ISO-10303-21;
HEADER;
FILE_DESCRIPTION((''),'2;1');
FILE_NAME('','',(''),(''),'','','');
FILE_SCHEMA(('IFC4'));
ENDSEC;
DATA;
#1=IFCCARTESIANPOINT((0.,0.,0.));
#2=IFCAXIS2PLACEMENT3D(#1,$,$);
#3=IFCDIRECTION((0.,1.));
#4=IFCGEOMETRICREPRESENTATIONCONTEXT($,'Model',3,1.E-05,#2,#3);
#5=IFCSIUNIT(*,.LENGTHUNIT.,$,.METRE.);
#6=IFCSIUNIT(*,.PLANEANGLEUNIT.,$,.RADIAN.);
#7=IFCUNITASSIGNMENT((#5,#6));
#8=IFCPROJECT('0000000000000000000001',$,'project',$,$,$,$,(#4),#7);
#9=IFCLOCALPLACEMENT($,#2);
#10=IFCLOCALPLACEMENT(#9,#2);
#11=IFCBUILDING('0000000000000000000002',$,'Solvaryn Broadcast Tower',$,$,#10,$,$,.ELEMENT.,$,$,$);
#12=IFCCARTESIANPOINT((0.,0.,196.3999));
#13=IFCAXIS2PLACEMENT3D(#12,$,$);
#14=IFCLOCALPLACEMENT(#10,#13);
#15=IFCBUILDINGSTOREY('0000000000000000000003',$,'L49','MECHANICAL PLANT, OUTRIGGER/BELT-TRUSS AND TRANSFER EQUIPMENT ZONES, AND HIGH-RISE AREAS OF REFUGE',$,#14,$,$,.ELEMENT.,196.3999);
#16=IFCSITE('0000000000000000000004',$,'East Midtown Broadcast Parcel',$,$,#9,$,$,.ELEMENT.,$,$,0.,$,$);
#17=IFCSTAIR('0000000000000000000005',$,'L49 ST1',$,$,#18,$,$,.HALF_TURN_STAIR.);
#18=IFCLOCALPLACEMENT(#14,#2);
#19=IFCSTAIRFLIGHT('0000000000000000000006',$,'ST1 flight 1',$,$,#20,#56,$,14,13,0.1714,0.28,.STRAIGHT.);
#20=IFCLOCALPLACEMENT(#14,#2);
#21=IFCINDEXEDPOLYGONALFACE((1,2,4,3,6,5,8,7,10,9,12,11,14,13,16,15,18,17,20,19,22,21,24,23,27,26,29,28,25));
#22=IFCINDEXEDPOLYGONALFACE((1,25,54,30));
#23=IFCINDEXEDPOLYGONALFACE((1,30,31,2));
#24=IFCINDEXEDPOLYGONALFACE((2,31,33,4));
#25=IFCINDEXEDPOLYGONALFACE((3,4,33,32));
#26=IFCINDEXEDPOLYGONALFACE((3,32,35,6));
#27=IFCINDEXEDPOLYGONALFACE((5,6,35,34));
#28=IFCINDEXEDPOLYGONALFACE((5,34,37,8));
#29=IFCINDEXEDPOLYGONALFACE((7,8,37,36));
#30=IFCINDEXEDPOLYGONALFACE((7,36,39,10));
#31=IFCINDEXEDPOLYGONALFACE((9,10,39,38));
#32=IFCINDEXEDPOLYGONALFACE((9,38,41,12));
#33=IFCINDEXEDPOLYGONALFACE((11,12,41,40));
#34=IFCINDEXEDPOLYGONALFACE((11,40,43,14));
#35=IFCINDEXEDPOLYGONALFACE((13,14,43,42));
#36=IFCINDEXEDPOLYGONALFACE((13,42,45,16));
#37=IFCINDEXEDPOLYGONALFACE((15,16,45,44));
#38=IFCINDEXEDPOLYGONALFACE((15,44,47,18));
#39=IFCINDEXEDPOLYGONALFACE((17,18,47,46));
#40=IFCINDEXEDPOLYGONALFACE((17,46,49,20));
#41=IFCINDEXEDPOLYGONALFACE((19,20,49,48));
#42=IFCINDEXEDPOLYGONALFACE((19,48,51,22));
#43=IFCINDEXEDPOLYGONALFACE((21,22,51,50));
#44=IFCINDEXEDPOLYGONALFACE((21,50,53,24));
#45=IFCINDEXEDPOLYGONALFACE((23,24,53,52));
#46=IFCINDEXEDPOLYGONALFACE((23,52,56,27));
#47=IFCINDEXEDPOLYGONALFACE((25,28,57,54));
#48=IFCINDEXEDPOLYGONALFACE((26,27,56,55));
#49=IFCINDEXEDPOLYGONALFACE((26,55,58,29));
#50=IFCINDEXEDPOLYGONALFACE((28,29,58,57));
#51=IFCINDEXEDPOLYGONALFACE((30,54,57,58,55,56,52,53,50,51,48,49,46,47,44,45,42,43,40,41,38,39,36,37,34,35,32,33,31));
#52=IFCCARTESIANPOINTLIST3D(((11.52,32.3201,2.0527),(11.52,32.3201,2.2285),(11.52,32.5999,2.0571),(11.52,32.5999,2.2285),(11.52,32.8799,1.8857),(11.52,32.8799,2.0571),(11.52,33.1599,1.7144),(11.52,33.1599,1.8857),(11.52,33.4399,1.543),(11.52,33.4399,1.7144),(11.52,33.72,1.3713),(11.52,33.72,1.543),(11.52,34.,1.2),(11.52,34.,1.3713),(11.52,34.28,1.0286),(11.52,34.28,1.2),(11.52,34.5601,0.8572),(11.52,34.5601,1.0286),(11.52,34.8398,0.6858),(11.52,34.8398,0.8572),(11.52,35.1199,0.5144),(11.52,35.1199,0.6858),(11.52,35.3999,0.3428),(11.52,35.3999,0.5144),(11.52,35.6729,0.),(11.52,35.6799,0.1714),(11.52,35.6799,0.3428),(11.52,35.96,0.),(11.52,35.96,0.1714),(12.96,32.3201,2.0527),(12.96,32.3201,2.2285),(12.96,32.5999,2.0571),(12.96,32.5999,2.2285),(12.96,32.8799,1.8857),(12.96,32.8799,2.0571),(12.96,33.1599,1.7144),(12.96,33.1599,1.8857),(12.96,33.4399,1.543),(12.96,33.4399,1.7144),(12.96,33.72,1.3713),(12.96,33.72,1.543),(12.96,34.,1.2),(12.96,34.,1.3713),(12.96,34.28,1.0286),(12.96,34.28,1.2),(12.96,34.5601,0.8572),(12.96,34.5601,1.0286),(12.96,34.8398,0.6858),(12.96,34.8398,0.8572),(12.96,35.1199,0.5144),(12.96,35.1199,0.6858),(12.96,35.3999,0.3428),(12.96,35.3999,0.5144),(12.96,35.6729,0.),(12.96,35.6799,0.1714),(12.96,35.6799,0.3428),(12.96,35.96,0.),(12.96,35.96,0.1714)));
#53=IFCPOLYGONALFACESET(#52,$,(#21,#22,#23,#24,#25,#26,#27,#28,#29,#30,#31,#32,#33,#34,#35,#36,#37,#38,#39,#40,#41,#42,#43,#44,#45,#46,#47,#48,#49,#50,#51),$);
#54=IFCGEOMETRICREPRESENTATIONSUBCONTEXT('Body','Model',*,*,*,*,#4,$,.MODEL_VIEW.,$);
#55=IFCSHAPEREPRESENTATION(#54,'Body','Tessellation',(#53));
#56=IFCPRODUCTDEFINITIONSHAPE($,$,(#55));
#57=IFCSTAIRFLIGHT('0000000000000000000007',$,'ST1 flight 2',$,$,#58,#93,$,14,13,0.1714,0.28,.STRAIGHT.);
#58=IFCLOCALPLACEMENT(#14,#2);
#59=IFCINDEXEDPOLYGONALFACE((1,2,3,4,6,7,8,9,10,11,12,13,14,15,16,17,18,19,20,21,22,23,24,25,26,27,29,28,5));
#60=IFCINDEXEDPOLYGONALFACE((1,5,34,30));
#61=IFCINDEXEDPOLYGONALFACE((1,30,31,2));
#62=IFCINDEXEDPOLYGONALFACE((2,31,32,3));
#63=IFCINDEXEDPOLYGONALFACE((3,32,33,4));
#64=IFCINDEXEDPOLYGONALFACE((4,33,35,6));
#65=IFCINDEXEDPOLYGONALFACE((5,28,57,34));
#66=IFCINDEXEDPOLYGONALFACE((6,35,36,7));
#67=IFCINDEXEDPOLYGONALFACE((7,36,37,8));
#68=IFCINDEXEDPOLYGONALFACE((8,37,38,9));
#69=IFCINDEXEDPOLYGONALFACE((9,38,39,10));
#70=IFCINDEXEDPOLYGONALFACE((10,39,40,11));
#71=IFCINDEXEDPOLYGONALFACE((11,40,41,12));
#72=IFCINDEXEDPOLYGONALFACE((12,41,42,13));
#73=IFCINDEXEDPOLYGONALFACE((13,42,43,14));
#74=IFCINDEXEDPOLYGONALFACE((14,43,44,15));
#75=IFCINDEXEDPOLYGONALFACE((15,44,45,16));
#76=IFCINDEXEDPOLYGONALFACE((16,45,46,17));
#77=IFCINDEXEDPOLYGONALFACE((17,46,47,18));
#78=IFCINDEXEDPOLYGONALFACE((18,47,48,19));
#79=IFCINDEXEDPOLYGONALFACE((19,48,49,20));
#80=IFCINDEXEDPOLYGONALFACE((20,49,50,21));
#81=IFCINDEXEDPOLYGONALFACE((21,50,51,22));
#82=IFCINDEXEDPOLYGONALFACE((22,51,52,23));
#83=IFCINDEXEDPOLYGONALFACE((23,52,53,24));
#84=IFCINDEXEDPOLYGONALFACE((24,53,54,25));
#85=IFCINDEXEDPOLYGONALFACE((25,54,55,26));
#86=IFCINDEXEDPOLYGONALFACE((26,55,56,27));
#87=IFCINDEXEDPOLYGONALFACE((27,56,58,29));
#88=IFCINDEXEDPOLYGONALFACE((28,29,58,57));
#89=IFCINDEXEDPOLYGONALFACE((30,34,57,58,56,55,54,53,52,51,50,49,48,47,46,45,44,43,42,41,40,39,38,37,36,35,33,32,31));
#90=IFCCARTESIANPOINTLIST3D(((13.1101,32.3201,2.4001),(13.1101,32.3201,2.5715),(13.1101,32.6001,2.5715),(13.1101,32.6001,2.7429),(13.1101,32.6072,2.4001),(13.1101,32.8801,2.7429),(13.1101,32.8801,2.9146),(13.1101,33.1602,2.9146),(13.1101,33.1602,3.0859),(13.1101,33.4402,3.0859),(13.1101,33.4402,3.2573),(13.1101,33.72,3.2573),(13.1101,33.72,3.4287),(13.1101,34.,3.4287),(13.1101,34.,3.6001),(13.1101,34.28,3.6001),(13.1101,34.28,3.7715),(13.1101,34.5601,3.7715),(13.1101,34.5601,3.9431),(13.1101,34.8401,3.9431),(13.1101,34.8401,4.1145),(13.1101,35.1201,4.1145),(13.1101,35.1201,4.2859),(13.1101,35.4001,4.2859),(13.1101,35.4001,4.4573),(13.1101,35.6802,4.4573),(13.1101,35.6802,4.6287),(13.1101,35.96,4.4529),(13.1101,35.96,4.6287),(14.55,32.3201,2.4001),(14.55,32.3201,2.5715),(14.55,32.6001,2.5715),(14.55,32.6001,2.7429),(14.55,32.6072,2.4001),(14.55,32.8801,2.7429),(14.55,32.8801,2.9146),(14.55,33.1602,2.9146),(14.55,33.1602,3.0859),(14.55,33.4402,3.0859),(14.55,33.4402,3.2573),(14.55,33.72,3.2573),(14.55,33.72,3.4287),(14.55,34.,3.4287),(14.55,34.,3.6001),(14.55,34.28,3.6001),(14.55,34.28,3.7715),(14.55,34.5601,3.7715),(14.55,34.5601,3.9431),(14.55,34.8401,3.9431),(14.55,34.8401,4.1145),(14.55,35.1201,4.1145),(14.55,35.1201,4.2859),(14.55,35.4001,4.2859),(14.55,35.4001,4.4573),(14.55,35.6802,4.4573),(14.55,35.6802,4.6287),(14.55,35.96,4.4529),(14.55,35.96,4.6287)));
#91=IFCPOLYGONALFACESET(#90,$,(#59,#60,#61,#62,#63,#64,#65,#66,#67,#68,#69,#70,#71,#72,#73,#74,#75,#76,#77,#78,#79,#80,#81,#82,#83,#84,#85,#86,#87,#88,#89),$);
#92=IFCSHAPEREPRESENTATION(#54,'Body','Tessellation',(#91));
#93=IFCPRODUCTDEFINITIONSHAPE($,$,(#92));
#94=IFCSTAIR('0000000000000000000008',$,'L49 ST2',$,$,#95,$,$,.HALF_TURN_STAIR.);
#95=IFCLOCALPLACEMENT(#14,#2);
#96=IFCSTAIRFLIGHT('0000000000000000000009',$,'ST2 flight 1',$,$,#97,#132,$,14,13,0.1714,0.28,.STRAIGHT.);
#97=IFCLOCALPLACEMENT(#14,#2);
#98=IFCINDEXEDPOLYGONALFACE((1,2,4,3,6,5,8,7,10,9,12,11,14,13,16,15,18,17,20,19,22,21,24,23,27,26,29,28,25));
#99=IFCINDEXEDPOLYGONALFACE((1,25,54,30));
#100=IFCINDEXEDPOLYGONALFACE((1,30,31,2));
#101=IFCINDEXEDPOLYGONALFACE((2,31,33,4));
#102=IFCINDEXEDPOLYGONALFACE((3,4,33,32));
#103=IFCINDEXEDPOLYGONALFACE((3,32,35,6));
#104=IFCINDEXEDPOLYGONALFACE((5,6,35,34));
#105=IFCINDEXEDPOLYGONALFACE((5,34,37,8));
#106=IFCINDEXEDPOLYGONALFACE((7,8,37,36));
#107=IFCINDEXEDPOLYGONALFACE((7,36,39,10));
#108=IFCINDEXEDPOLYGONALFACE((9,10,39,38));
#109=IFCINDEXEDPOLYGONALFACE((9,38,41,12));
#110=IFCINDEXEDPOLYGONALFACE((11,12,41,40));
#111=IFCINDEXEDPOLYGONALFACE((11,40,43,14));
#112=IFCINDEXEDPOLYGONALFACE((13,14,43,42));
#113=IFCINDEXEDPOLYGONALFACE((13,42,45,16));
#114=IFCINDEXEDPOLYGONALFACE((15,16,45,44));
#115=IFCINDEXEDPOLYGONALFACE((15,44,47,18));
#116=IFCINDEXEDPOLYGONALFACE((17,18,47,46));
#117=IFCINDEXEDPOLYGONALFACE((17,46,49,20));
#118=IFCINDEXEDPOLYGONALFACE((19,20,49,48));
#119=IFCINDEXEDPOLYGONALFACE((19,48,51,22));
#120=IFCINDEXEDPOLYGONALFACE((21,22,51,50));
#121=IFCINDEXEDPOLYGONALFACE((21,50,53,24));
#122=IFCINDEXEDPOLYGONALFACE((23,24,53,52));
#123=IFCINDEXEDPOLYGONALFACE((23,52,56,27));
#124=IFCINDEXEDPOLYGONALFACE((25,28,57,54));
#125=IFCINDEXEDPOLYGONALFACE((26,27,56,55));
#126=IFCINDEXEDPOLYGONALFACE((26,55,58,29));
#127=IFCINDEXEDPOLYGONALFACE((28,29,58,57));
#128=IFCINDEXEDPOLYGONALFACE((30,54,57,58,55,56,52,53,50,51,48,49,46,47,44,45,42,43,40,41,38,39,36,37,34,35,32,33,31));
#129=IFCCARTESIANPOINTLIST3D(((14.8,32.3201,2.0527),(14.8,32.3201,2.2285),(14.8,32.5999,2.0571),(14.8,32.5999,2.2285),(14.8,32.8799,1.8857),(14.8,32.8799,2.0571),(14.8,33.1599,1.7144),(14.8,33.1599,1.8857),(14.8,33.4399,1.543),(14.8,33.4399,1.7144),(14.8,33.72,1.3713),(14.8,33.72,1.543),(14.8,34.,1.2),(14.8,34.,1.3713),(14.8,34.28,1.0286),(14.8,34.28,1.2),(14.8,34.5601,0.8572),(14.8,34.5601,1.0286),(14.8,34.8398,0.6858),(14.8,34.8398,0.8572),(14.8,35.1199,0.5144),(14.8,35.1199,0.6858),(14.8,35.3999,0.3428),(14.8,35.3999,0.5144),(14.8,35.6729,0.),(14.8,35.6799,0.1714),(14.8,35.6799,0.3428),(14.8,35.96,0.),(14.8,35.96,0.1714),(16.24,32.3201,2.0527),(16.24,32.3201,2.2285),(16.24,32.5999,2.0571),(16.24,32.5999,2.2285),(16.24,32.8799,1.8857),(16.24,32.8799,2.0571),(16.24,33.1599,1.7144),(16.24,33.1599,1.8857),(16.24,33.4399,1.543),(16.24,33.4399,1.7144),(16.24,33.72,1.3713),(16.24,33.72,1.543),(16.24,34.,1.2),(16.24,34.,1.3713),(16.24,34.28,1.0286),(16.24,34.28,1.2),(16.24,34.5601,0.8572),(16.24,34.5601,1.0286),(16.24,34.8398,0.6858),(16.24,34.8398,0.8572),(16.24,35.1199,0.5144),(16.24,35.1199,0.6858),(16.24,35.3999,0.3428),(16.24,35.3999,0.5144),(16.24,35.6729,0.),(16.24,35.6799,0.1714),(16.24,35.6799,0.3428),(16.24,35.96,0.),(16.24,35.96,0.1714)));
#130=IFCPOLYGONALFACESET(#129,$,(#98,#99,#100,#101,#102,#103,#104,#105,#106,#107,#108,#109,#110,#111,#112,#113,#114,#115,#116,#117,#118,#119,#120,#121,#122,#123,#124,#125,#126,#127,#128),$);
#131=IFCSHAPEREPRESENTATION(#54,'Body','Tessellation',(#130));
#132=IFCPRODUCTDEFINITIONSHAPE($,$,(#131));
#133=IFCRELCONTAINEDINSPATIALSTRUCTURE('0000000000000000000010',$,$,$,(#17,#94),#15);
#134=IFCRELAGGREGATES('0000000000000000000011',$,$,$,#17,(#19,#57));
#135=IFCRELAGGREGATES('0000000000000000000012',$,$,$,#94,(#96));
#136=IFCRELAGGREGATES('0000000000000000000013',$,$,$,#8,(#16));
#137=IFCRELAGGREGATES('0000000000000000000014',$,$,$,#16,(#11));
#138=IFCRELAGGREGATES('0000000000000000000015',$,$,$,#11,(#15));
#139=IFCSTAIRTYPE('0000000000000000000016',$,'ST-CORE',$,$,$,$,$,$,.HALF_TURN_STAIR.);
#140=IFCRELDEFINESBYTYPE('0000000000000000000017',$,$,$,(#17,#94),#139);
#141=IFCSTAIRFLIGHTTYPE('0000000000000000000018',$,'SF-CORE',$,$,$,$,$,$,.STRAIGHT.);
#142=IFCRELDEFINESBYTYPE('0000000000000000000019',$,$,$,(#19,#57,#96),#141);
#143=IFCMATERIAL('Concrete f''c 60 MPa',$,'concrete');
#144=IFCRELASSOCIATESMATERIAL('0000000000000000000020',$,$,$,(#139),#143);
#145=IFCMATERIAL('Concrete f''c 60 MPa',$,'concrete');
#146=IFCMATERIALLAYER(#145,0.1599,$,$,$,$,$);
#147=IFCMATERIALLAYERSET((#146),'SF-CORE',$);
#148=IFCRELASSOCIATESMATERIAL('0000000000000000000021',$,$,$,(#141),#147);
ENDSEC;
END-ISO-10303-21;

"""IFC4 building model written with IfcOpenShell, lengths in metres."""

from ifc_helpers import new_model, si_unit, direction, frame, origin, place, context, subcontext, project, spatial, polyline, outline, extrude, material, layer, layer_set, type_object, element, aggregate, save


model = new_model("IFC4")

# Units and contexts
model_context = context("Model", 3, precision=1e-05, world=origin(), true_north=direction((0.0, 1.0)))
body_context = subcontext(model_context, "Body", "Model", "MODEL_VIEW")
ifc_project = project(units=[si_unit("LENGTHUNIT", "METRE"), si_unit("PLANEANGLEUNIT", "RADIAN")], contexts=[model_context])

# Site, building, storey
site_placement = place(None, origin())
site = spatial("IfcSite", under=ifc_project, at=site_placement, Name="East Midtown Broadcast Parcel", CompositionType="ELEMENT", RefElevation=0.0)
building_placement = place(site_placement, origin())
building = spatial("IfcBuilding", under=site, at=building_placement, Name="Solvaryn Broadcast Tower", CompositionType="ELEMENT")
storey_placement = place(building_placement, frame((0.0, 0.0, 196.3999)))
storey = spatial("IfcBuildingStorey", under=building, at=storey_placement, Name="L49", Description="MECHANICAL PLANT, OUTRIGGER/BELT-TRUSS AND TRANSFER EQUIPMENT ZONES, AND HIGH-RISE AREAS OF REFUGE", CompositionType="ELEMENT", Elevation=196.3999)

# Stair, stair flights
ifc_material_1 = material(Name="Concrete f'c 60 MPa", Category="concrete")
stair_type = type_object("IfcStairType", Name="ST-CORE", PredefinedType="HALF_TURN_STAIR", material=ifc_material_1)
stair_1_placement = place(storey_placement, origin())
stair_1 = element("IfcStair", 1, at=stair_1_placement, inside=storey, type_object=stair_type, Name="L49 ST1", PredefinedType="HALF_TURN_STAIR")
ifc_material_2 = material(Name="Concrete f'c 60 MPa", Category="concrete")
ifc_layer_1 = layer(ifc_material_2, 0.1599)
ifc_layer_set_1 = layer_set([ifc_layer_1], Name="SF-CORE")
stair_flight_type = type_object("IfcStairFlightType", Name="SF-CORE", PredefinedType="STRAIGHT", material=ifc_layer_set_1)
stair_flight_1_placement = place(storey_placement, frame((12.24, 35.96, 0.0), z_axis=(0.0, 0.0, 1.0), x_axis=(0.0, -1.0, 0.0)))
stair_flight_1 = element("IfcStairFlight", 2, at=stair_flight_1_placement, type_object=stair_flight_type, Name="ST1 flight 1", NumberOfRisers=14, NumberOfTreads=13, PredefinedType="STRAIGHT", RiserHeight=0.1714, TreadLength=0.28, context=body_context, shape_type="SweptSolid", body=[
    extrude(outline(polyline([(0.0, 0.0), (0.0, 0.1714), (0.28, 0.1714), (0.28, 0.3428), (0.5601, 0.3428), (0.5601, 0.5144), (0.8401, 0.5144), (0.8401, 0.6858), (1.1201, 0.6858), (1.1201, 0.8572), (1.3999, 0.8572), (1.3999, 1.0286), (1.6799, 1.0286), (1.6799, 1.2), (1.96, 1.2), (1.96, 1.3713), (2.24, 1.3713), (2.24, 1.543), (2.52, 1.543), (2.52, 1.7144), (2.8, 1.7144), (2.8, 1.8857), (3.0801, 1.8857), (3.0801, 2.0571), (3.3601, 2.0571), (3.3601, 2.2285), (3.6399, 2.2285), (3.6399, 2.3999), (3.6399, 2.0527), (0.2871, 0.0), (0.0, 0.0)])), frame((0.0, 0.72, 0.0), z_axis=(0.0, -1.0, 0.0), x_axis=(1.0, 0.0, 0.0)), (0.0, 0.0, 1.0), 1.4399),
])
stair_flight_2_placement = place(storey_placement, frame((13.8301, 32.3201, 2.4001), z_axis=(0.0, 0.0, 1.0), x_axis=(0.0, 1.0, 0.0)))
stair_flight_2 = element("IfcStairFlight", 3, at=stair_flight_2_placement, type_object=stair_flight_type, Name="ST1 flight 2", NumberOfRisers=14, NumberOfTreads=13, PredefinedType="STRAIGHT", RiserHeight=0.1714, TreadLength=0.28, context=body_context, shape_type="SweptSolid", body=[
    extrude(outline(polyline([(0.0, 0.0), (0.0, 0.1714), (0.28, 0.1714), (0.28, 0.3428), (0.5601, 0.3428), (0.5601, 0.5144), (0.8401, 0.5144), (0.8401, 0.6858), (1.1201, 0.6858), (1.1201, 0.8572), (1.3999, 0.8572), (1.3999, 1.0286), (1.6799, 1.0286), (1.6799, 1.2), (1.96, 1.2), (1.96, 1.3713), (2.24, 1.3713), (2.24, 1.543), (2.52, 1.543), (2.52, 1.7144), (2.8, 1.7144), (2.8, 1.8857), (3.0801, 1.8857), (3.0801, 2.0571), (3.3601, 2.0571), (3.3601, 2.2285), (3.6399, 2.2285), (3.6399, 2.3999), (3.6399, 2.0527), (0.2871, 0.0), (0.0, 0.0)])), frame((0.0, 0.72, 0.0), z_axis=(0.0, -1.0, 0.0), x_axis=(1.0, 0.0, 0.0)), (0.0, 0.0, 1.0), 1.4399),
])
aggregate(stair_1, [stair_flight_1, stair_flight_2])

# Stair, stair flight
stair_2_placement = place(storey_placement, origin())
stair_2 = element("IfcStair", 4, at=stair_2_placement, inside=storey, type_object=stair_type, Name="L49 ST2", PredefinedType="HALF_TURN_STAIR")
stair_flight_3_placement = place(storey_placement, frame((15.52, 35.96, 0.0), z_axis=(0.0, 0.0, 1.0), x_axis=(0.0, -1.0, 0.0)))
stair_flight_3 = element("IfcStairFlight", 5, at=stair_flight_3_placement, type_object=stair_flight_type, Name="ST2 flight 1", NumberOfRisers=14, NumberOfTreads=13, PredefinedType="STRAIGHT", RiserHeight=0.1714, TreadLength=0.28, context=body_context, shape_type="SweptSolid", body=[
    extrude(outline(polyline([(0.0, 0.0), (0.0, 0.1714), (0.28, 0.1714), (0.28, 0.3428), (0.5601, 0.3428), (0.5601, 0.5144), (0.8401, 0.5144), (0.8401, 0.6858), (1.1201, 0.6858), (1.1201, 0.8572), (1.3999, 0.8572), (1.3999, 1.0286), (1.6799, 1.0286), (1.6799, 1.2), (1.96, 1.2), (1.96, 1.3713), (2.24, 1.3713), (2.24, 1.543), (2.52, 1.543), (2.52, 1.7144), (2.8, 1.7144), (2.8, 1.8857), (3.0801, 1.8857), (3.0801, 2.0571), (3.3601, 2.0571), (3.3601, 2.2285), (3.6399, 2.2285), (3.6399, 2.3999), (3.6399, 2.0527), (0.2871, 0.0), (0.0, 0.0)])), frame((0.0, 0.72, 0.0), z_axis=(0.0, -1.0, 0.0), x_axis=(1.0, 0.0, 0.0)), (0.0, 0.0, 1.0), 1.4399),
])
aggregate(stair_2, [stair_flight_3])

save(model, "model.ifc")
